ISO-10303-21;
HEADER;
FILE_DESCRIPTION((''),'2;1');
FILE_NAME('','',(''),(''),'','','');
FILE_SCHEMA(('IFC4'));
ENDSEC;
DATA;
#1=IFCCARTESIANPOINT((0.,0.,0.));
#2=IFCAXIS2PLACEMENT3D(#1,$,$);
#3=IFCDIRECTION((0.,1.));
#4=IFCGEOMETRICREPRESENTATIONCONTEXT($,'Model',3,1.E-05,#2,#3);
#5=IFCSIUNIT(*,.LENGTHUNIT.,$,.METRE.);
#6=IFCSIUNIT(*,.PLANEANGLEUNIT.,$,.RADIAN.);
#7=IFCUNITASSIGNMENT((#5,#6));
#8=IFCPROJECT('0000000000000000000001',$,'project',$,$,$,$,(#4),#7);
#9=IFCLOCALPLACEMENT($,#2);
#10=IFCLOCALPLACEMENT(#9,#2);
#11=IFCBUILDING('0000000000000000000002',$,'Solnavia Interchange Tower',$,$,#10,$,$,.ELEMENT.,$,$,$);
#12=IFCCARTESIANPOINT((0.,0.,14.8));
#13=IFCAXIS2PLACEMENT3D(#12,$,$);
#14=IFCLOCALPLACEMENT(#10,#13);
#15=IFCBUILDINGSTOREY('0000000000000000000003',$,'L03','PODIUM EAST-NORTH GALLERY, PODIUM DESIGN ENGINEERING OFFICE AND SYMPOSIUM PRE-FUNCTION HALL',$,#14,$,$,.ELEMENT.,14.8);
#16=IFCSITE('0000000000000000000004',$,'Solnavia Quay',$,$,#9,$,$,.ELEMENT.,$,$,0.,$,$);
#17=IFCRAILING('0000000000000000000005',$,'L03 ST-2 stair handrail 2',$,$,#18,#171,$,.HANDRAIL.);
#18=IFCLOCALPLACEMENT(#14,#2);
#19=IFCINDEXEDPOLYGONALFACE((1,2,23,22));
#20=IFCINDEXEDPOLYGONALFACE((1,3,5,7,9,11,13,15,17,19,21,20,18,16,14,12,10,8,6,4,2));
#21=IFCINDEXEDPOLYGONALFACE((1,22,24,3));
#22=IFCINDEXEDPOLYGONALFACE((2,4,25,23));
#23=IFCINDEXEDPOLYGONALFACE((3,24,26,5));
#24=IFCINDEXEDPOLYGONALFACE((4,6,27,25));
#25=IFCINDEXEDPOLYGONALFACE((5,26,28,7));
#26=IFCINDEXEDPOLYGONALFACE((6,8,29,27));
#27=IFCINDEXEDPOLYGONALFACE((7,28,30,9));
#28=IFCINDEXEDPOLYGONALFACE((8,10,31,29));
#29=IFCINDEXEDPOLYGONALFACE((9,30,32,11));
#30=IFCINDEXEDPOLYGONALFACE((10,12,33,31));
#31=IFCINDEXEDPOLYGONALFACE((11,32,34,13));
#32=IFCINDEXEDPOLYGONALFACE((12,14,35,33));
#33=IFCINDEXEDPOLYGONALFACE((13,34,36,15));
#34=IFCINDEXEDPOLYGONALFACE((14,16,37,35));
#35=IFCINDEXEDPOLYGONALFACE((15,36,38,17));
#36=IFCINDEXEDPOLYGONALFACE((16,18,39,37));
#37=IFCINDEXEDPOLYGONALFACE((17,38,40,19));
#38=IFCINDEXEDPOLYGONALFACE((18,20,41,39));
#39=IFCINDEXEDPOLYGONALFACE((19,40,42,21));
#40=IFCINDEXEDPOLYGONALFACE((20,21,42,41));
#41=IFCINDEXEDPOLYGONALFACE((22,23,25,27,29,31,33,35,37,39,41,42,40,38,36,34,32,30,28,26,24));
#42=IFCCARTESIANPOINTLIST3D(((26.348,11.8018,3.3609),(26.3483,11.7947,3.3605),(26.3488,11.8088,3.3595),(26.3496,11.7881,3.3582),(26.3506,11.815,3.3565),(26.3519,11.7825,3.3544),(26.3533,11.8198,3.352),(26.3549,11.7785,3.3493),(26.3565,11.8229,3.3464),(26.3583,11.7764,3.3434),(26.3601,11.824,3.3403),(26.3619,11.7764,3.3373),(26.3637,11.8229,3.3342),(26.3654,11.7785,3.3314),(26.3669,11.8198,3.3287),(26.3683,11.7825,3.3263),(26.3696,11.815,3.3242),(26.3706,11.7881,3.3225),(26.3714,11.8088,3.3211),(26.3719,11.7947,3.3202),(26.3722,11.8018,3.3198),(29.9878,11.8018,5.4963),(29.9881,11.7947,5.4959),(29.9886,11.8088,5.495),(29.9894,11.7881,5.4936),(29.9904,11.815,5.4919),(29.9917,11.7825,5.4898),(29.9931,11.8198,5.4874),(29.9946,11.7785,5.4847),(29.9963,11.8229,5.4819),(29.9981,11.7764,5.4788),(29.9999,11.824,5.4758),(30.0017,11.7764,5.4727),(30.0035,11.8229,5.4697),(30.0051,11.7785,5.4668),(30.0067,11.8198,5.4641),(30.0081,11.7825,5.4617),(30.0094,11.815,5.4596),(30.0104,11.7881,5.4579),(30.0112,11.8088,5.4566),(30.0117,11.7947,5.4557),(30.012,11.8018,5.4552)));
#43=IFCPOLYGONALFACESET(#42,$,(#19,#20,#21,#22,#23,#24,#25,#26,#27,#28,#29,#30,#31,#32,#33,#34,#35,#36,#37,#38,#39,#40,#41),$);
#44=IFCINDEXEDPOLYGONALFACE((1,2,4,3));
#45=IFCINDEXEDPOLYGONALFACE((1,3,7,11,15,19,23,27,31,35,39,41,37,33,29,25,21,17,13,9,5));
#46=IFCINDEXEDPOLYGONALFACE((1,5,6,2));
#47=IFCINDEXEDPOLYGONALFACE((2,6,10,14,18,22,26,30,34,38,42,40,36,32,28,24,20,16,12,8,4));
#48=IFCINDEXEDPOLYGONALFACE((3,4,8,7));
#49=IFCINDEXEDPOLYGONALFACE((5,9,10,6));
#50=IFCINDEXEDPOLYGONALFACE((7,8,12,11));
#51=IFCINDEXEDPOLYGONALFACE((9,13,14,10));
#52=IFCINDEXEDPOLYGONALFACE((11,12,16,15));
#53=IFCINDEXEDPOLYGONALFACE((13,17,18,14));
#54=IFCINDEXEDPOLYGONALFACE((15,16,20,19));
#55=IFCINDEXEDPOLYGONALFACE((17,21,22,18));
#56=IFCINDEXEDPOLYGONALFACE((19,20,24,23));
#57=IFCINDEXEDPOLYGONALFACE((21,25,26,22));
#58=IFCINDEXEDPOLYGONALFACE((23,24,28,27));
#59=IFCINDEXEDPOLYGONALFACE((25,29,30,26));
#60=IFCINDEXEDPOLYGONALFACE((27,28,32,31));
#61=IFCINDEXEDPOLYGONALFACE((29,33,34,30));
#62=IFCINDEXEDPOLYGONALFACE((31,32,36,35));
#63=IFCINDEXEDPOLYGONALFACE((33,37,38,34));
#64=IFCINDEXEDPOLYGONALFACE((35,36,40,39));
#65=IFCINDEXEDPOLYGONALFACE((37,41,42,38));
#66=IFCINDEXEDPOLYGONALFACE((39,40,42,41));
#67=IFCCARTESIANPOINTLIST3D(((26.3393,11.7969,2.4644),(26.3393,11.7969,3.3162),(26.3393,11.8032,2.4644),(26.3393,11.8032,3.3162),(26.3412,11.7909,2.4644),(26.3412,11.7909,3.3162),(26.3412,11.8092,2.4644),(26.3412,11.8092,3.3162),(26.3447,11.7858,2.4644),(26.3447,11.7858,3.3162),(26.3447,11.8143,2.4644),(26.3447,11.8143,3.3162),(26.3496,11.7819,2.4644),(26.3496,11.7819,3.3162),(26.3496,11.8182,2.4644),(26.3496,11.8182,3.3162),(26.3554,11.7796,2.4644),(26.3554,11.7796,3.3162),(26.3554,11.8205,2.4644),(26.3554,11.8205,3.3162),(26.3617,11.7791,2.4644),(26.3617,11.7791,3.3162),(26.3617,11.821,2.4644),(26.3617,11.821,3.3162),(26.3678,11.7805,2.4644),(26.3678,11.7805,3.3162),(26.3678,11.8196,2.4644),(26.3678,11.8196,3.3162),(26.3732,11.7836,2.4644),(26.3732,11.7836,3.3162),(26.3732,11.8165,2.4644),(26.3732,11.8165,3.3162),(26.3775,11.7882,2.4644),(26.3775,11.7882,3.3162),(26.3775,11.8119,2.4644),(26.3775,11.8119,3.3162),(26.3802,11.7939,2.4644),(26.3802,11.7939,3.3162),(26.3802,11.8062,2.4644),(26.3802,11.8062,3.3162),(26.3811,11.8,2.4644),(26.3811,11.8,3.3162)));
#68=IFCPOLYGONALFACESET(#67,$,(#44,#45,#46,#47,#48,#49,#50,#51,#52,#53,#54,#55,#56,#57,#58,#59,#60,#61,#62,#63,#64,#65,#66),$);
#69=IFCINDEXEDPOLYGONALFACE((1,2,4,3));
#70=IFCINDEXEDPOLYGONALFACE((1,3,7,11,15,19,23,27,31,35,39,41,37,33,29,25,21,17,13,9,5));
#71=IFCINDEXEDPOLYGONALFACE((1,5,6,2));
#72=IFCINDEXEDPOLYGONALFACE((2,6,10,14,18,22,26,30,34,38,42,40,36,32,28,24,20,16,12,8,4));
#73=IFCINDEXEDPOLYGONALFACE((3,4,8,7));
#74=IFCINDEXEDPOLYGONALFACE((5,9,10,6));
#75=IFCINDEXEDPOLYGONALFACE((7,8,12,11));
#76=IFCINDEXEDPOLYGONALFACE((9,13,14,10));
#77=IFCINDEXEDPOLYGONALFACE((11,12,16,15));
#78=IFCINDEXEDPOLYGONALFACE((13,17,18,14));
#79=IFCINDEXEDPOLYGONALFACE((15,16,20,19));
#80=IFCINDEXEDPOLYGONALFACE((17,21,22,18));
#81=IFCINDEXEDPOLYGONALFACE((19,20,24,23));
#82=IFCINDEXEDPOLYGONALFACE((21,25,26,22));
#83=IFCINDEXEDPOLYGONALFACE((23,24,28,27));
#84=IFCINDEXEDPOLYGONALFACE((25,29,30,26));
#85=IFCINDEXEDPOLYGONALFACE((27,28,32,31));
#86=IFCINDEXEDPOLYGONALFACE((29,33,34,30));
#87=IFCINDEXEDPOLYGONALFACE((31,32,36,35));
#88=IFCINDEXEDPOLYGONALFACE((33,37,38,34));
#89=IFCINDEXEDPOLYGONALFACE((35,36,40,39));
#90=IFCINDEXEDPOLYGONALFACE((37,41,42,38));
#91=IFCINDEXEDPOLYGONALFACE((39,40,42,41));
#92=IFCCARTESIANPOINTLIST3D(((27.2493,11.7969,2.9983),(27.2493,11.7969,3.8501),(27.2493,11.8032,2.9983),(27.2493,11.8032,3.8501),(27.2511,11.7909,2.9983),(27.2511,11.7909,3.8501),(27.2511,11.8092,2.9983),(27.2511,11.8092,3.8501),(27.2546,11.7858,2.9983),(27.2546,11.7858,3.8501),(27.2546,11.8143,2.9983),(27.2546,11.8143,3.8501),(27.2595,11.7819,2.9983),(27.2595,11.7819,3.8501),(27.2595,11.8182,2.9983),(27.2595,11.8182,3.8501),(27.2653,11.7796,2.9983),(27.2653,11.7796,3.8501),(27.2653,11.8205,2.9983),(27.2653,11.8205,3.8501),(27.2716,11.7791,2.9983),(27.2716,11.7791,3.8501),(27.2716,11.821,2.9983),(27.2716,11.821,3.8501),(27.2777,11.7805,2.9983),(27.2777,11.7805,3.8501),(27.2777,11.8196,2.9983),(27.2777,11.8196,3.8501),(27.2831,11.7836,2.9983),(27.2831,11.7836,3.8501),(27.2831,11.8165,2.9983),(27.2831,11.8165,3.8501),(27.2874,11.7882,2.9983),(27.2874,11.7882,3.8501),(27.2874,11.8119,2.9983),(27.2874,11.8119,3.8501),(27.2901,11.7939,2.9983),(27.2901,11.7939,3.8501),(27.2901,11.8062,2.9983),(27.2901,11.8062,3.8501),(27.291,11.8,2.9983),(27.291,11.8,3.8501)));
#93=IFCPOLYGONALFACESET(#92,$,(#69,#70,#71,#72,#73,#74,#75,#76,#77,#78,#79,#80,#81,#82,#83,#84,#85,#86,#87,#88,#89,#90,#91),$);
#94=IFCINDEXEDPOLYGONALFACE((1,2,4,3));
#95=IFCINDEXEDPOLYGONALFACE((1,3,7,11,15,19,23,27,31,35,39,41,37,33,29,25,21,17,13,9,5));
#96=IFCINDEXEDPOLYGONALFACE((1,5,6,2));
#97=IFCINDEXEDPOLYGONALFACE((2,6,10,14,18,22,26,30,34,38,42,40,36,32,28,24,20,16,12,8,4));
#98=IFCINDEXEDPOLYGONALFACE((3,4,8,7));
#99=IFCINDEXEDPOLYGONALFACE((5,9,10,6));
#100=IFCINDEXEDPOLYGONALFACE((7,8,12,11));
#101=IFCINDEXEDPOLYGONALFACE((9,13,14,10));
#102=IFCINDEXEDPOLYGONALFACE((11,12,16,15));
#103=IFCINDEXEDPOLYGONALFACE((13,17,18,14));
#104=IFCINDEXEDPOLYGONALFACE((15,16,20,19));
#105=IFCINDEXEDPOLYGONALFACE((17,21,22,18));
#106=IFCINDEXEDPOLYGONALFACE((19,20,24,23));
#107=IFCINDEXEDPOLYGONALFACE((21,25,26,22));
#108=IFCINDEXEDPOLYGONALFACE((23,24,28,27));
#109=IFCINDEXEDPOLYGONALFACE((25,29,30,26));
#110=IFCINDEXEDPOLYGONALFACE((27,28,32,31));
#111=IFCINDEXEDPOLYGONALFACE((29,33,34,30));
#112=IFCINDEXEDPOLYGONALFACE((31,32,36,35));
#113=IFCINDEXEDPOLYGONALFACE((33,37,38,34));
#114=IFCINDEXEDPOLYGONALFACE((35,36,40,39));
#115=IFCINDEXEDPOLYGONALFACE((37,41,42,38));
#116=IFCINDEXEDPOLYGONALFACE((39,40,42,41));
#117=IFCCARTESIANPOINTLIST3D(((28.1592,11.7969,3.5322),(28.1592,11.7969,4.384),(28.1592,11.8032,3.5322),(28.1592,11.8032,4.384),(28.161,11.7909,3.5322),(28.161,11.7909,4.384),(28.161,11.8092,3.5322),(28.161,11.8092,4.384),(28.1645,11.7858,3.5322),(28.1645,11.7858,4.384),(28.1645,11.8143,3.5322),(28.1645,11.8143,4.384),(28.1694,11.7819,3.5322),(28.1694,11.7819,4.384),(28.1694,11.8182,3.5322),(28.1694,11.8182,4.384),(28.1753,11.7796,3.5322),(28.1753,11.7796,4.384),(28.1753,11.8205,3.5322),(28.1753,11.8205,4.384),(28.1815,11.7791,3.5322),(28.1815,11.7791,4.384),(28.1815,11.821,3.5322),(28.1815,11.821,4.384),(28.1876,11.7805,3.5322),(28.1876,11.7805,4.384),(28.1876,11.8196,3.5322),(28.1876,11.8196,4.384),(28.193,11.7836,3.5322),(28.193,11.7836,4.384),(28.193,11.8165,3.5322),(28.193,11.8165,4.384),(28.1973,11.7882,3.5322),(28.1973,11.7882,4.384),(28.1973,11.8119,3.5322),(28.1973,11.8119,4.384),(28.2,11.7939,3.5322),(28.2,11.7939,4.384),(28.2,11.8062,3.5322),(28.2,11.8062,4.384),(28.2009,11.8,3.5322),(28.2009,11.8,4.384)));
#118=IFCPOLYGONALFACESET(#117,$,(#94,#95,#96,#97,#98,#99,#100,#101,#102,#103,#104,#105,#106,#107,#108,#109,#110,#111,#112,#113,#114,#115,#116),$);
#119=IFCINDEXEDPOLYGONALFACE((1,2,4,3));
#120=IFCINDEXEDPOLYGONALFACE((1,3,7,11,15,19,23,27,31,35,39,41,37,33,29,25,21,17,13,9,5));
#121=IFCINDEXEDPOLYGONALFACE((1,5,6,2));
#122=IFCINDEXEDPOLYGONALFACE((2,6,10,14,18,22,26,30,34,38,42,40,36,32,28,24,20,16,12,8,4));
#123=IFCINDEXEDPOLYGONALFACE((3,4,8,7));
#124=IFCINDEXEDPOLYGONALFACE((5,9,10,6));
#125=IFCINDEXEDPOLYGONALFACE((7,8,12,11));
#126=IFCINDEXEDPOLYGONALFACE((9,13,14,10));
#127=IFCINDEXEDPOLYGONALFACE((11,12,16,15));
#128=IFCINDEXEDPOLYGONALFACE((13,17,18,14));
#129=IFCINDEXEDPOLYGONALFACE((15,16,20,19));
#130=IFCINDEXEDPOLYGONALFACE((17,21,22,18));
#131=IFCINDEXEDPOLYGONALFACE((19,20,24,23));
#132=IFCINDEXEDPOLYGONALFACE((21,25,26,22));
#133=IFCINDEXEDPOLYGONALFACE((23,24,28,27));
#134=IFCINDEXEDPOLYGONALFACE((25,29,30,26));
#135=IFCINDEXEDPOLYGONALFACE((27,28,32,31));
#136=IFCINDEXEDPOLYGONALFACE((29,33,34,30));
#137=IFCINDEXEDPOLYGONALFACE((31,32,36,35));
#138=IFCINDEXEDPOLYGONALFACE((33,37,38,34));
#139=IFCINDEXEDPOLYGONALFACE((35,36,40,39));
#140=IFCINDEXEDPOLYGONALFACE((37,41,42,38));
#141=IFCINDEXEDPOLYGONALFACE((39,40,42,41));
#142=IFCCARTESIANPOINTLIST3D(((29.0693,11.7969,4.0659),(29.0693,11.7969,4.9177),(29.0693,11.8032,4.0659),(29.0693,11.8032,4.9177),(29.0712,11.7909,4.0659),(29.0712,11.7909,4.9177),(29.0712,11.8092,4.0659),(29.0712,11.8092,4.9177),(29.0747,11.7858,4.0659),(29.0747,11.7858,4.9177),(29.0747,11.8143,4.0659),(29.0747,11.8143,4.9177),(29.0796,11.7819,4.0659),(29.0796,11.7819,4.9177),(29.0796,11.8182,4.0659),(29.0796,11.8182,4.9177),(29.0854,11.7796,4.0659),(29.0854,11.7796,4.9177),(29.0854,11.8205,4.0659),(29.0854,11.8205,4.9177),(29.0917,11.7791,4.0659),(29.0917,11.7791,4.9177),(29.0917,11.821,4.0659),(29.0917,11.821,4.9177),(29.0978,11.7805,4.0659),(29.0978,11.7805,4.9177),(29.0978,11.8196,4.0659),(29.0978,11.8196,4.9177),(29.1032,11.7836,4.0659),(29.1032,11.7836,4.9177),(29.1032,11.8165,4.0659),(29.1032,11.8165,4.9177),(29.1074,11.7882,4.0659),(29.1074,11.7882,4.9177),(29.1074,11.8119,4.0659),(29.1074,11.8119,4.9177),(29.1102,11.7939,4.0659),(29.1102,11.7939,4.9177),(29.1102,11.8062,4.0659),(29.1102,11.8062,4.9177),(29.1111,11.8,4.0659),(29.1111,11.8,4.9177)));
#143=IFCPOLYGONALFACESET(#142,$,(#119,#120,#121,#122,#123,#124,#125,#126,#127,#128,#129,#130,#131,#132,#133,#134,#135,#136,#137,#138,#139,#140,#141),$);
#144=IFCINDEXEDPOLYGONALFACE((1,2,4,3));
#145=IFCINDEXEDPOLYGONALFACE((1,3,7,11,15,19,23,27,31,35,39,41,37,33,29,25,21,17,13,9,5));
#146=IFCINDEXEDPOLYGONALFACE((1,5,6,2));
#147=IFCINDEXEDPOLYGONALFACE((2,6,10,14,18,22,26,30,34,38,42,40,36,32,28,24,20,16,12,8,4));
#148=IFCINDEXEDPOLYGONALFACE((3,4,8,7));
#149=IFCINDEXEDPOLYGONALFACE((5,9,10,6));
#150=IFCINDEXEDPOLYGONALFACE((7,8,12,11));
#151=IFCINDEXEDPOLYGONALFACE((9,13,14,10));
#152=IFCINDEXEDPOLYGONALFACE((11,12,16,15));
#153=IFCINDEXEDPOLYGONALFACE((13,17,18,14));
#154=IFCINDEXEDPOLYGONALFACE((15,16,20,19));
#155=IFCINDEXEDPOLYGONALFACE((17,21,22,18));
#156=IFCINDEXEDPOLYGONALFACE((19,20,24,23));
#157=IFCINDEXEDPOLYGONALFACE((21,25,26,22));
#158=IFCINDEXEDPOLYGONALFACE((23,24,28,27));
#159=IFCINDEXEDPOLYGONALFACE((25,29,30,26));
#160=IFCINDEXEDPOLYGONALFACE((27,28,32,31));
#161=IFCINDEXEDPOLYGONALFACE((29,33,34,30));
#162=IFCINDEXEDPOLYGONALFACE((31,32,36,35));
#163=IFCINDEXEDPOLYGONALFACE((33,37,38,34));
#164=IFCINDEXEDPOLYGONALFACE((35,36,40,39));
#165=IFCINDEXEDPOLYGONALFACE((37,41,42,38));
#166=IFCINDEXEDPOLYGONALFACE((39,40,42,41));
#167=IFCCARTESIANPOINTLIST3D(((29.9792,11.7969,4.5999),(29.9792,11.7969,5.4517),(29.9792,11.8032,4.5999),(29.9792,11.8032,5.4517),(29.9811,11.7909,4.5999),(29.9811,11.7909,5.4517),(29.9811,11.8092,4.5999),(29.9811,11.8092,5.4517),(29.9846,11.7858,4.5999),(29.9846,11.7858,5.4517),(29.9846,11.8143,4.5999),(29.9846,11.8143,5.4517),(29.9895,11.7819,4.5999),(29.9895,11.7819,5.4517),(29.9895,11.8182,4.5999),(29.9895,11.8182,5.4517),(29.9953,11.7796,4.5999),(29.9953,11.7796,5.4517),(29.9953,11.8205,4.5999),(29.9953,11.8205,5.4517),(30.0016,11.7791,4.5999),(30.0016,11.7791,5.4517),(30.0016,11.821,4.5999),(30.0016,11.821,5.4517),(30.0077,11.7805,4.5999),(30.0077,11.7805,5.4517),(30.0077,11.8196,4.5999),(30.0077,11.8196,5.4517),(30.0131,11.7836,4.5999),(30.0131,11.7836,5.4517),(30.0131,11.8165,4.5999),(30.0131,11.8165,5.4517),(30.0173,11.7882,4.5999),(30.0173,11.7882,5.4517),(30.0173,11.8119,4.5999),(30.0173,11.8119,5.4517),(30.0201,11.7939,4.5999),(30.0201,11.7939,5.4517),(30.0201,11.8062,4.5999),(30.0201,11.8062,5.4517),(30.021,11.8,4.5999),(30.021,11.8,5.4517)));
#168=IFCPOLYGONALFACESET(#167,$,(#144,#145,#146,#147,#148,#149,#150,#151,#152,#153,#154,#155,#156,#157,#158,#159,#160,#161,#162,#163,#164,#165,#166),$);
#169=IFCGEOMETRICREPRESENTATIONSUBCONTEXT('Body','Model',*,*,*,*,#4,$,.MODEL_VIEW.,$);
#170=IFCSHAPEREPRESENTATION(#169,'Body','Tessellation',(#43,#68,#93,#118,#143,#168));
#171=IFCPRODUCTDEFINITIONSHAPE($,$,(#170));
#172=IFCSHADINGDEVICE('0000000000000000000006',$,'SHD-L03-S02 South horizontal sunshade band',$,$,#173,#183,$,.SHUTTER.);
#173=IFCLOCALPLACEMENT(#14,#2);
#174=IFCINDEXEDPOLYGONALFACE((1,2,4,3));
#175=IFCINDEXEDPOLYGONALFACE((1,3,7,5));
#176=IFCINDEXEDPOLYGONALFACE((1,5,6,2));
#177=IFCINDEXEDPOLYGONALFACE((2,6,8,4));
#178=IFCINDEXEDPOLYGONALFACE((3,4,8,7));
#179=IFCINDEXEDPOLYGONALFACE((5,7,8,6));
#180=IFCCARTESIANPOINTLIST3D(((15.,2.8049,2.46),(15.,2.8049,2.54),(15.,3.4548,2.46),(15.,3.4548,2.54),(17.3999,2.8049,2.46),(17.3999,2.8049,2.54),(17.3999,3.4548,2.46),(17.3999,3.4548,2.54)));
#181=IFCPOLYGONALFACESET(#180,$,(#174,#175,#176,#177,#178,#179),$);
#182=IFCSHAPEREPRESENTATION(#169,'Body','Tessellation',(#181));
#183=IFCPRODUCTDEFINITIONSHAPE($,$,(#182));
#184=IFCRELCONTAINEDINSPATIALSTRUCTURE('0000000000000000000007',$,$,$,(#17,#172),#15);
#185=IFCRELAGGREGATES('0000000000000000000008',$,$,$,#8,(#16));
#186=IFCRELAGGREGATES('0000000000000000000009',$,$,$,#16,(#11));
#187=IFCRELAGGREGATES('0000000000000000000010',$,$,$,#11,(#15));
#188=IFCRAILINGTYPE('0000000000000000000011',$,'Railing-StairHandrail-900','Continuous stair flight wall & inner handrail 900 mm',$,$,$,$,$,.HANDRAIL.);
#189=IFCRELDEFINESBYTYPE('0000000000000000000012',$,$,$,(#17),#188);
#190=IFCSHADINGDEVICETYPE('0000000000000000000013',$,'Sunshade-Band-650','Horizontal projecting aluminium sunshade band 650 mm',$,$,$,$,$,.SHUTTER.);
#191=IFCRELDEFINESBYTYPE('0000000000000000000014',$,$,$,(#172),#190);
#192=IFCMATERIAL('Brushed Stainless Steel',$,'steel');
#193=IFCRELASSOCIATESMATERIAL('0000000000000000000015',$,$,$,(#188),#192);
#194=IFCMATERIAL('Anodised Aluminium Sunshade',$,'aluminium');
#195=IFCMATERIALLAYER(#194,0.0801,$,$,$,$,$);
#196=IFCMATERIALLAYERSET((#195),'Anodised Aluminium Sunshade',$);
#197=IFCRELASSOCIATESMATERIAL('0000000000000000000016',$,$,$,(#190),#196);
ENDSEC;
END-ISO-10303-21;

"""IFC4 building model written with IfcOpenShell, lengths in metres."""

from ifc_helpers import new_model, si_unit, direction, frame, origin, origin_2d, place, context, subcontext, project, spatial, rectangle, circle, extrude, material, layer, layer_set, type_object, element, save


model = new_model("IFC4")

# Units and contexts
model_context = context("Model", 3, precision=1e-05, world=origin(), true_north=direction((0.0, 1.0)))
body_context = subcontext(model_context, "Body", "Model", "MODEL_VIEW")
ifc_project = project(units=[si_unit("LENGTHUNIT", "METRE"), si_unit("PLANEANGLEUNIT", "RADIAN")], contexts=[model_context])

# Site, building, storey
site_placement = place(None, origin())
site = spatial("IfcSite", under=ifc_project, at=site_placement, Name="Solnavia Quay", CompositionType="ELEMENT", RefElevation=0.0)
building_placement = place(site_placement, origin())
building = spatial("IfcBuilding", under=site, at=building_placement, Name="Solnavia Interchange Tower", CompositionType="ELEMENT")
storey_placement = place(building_placement, frame((0.0, 0.0, 14.8)))
storey = spatial("IfcBuildingStorey", under=building, at=storey_placement, Name="L03", Description="PODIUM EAST-NORTH GALLERY, PODIUM DESIGN ENGINEERING OFFICE AND SYMPOSIUM PRE-FUNCTION HALL", CompositionType="ELEMENT", Elevation=14.8)

# Railing
ifc_material_1 = material(Name="Brushed Stainless Steel", Category="steel")
railing_type_1 = type_object("IfcRailingType", Name="Railing-StairHandrail-900", Description="Continuous stair flight wall & inner handrail 900 mm", PredefinedType="HANDRAIL", material=ifc_material_1)
railing_1_placement = place(storey_placement, frame((26.3601, 11.8, 2.4644)))
element("IfcRailing", 1, at=railing_1_placement, inside=storey, type_object=railing_type_1, Name="L03 ST-2 stair handrail 2", PredefinedType="HANDRAIL", context=body_context, shape_type="SweptSolid", body=[
    extrude(circle(Radius=0.0239, at=origin_2d()), frame((0.0, 0.0, 0.876), z_axis=(0.862515, 0.0, 0.506031), x_axis=(0.0, 1.0, 0.0)), (0.0, 0.0, 1.0), 4.22),
    extrude(circle(Radius=0.021, at=origin_2d()), origin(), (0.0, 0.0, 1.0), 0.8518),
    extrude(circle(Radius=0.021, at=origin_2d()), frame((0.9099, 0.0, 0.5339)), (0.0, 0.0, 1.0), 0.8518),
    extrude(circle(Radius=0.021, at=origin_2d()), frame((1.8198, 0.0, 1.0679)), (0.0, 0.0, 1.0), 0.8518),
    extrude(circle(Radius=0.021, at=origin_2d()), frame((2.73, 0.0, 1.6016)), (0.0, 0.0, 1.0), 0.8518),
    extrude(circle(Radius=0.021, at=origin_2d()), frame((3.6399, 0.0, 2.1355)), (0.0, 0.0, 1.0), 0.8518),
])

# Shading device
ifc_material_2 = material(Name="Anodised Aluminium Sunshade", Category="aluminium")
ifc_layer_1 = layer(ifc_material_2, 0.0801)
ifc_layer_set_1 = layer_set([ifc_layer_1], Name="Anodised Aluminium Sunshade")
shading_device_type = type_object("IfcShadingDeviceType", Name="Sunshade-Band-650", Description="Horizontal projecting aluminium sunshade band 650 mm", PredefinedType="SHUTTER", material=ifc_layer_set_1)
shading_device_placement = place(storey_placement, frame((16.2, 3.1299, 2.46), z_axis=(0.0, 0.0, 1.0), x_axis=(1.0, 0.0, 0.0)))
element("IfcShadingDevice", 2, at=shading_device_placement, inside=storey, type_object=shading_device_type, Name="SHD-L03-S02 South horizontal sunshade band", PredefinedType="SHUTTER", context=body_context, shape_type="SweptSolid", body=[
    extrude(rectangle(XDim=2.3999, YDim=0.6499, at=origin_2d()), origin(), (0.0, 0.0, 1.0), 0.0801),
])

save(model, "model.ifc")
